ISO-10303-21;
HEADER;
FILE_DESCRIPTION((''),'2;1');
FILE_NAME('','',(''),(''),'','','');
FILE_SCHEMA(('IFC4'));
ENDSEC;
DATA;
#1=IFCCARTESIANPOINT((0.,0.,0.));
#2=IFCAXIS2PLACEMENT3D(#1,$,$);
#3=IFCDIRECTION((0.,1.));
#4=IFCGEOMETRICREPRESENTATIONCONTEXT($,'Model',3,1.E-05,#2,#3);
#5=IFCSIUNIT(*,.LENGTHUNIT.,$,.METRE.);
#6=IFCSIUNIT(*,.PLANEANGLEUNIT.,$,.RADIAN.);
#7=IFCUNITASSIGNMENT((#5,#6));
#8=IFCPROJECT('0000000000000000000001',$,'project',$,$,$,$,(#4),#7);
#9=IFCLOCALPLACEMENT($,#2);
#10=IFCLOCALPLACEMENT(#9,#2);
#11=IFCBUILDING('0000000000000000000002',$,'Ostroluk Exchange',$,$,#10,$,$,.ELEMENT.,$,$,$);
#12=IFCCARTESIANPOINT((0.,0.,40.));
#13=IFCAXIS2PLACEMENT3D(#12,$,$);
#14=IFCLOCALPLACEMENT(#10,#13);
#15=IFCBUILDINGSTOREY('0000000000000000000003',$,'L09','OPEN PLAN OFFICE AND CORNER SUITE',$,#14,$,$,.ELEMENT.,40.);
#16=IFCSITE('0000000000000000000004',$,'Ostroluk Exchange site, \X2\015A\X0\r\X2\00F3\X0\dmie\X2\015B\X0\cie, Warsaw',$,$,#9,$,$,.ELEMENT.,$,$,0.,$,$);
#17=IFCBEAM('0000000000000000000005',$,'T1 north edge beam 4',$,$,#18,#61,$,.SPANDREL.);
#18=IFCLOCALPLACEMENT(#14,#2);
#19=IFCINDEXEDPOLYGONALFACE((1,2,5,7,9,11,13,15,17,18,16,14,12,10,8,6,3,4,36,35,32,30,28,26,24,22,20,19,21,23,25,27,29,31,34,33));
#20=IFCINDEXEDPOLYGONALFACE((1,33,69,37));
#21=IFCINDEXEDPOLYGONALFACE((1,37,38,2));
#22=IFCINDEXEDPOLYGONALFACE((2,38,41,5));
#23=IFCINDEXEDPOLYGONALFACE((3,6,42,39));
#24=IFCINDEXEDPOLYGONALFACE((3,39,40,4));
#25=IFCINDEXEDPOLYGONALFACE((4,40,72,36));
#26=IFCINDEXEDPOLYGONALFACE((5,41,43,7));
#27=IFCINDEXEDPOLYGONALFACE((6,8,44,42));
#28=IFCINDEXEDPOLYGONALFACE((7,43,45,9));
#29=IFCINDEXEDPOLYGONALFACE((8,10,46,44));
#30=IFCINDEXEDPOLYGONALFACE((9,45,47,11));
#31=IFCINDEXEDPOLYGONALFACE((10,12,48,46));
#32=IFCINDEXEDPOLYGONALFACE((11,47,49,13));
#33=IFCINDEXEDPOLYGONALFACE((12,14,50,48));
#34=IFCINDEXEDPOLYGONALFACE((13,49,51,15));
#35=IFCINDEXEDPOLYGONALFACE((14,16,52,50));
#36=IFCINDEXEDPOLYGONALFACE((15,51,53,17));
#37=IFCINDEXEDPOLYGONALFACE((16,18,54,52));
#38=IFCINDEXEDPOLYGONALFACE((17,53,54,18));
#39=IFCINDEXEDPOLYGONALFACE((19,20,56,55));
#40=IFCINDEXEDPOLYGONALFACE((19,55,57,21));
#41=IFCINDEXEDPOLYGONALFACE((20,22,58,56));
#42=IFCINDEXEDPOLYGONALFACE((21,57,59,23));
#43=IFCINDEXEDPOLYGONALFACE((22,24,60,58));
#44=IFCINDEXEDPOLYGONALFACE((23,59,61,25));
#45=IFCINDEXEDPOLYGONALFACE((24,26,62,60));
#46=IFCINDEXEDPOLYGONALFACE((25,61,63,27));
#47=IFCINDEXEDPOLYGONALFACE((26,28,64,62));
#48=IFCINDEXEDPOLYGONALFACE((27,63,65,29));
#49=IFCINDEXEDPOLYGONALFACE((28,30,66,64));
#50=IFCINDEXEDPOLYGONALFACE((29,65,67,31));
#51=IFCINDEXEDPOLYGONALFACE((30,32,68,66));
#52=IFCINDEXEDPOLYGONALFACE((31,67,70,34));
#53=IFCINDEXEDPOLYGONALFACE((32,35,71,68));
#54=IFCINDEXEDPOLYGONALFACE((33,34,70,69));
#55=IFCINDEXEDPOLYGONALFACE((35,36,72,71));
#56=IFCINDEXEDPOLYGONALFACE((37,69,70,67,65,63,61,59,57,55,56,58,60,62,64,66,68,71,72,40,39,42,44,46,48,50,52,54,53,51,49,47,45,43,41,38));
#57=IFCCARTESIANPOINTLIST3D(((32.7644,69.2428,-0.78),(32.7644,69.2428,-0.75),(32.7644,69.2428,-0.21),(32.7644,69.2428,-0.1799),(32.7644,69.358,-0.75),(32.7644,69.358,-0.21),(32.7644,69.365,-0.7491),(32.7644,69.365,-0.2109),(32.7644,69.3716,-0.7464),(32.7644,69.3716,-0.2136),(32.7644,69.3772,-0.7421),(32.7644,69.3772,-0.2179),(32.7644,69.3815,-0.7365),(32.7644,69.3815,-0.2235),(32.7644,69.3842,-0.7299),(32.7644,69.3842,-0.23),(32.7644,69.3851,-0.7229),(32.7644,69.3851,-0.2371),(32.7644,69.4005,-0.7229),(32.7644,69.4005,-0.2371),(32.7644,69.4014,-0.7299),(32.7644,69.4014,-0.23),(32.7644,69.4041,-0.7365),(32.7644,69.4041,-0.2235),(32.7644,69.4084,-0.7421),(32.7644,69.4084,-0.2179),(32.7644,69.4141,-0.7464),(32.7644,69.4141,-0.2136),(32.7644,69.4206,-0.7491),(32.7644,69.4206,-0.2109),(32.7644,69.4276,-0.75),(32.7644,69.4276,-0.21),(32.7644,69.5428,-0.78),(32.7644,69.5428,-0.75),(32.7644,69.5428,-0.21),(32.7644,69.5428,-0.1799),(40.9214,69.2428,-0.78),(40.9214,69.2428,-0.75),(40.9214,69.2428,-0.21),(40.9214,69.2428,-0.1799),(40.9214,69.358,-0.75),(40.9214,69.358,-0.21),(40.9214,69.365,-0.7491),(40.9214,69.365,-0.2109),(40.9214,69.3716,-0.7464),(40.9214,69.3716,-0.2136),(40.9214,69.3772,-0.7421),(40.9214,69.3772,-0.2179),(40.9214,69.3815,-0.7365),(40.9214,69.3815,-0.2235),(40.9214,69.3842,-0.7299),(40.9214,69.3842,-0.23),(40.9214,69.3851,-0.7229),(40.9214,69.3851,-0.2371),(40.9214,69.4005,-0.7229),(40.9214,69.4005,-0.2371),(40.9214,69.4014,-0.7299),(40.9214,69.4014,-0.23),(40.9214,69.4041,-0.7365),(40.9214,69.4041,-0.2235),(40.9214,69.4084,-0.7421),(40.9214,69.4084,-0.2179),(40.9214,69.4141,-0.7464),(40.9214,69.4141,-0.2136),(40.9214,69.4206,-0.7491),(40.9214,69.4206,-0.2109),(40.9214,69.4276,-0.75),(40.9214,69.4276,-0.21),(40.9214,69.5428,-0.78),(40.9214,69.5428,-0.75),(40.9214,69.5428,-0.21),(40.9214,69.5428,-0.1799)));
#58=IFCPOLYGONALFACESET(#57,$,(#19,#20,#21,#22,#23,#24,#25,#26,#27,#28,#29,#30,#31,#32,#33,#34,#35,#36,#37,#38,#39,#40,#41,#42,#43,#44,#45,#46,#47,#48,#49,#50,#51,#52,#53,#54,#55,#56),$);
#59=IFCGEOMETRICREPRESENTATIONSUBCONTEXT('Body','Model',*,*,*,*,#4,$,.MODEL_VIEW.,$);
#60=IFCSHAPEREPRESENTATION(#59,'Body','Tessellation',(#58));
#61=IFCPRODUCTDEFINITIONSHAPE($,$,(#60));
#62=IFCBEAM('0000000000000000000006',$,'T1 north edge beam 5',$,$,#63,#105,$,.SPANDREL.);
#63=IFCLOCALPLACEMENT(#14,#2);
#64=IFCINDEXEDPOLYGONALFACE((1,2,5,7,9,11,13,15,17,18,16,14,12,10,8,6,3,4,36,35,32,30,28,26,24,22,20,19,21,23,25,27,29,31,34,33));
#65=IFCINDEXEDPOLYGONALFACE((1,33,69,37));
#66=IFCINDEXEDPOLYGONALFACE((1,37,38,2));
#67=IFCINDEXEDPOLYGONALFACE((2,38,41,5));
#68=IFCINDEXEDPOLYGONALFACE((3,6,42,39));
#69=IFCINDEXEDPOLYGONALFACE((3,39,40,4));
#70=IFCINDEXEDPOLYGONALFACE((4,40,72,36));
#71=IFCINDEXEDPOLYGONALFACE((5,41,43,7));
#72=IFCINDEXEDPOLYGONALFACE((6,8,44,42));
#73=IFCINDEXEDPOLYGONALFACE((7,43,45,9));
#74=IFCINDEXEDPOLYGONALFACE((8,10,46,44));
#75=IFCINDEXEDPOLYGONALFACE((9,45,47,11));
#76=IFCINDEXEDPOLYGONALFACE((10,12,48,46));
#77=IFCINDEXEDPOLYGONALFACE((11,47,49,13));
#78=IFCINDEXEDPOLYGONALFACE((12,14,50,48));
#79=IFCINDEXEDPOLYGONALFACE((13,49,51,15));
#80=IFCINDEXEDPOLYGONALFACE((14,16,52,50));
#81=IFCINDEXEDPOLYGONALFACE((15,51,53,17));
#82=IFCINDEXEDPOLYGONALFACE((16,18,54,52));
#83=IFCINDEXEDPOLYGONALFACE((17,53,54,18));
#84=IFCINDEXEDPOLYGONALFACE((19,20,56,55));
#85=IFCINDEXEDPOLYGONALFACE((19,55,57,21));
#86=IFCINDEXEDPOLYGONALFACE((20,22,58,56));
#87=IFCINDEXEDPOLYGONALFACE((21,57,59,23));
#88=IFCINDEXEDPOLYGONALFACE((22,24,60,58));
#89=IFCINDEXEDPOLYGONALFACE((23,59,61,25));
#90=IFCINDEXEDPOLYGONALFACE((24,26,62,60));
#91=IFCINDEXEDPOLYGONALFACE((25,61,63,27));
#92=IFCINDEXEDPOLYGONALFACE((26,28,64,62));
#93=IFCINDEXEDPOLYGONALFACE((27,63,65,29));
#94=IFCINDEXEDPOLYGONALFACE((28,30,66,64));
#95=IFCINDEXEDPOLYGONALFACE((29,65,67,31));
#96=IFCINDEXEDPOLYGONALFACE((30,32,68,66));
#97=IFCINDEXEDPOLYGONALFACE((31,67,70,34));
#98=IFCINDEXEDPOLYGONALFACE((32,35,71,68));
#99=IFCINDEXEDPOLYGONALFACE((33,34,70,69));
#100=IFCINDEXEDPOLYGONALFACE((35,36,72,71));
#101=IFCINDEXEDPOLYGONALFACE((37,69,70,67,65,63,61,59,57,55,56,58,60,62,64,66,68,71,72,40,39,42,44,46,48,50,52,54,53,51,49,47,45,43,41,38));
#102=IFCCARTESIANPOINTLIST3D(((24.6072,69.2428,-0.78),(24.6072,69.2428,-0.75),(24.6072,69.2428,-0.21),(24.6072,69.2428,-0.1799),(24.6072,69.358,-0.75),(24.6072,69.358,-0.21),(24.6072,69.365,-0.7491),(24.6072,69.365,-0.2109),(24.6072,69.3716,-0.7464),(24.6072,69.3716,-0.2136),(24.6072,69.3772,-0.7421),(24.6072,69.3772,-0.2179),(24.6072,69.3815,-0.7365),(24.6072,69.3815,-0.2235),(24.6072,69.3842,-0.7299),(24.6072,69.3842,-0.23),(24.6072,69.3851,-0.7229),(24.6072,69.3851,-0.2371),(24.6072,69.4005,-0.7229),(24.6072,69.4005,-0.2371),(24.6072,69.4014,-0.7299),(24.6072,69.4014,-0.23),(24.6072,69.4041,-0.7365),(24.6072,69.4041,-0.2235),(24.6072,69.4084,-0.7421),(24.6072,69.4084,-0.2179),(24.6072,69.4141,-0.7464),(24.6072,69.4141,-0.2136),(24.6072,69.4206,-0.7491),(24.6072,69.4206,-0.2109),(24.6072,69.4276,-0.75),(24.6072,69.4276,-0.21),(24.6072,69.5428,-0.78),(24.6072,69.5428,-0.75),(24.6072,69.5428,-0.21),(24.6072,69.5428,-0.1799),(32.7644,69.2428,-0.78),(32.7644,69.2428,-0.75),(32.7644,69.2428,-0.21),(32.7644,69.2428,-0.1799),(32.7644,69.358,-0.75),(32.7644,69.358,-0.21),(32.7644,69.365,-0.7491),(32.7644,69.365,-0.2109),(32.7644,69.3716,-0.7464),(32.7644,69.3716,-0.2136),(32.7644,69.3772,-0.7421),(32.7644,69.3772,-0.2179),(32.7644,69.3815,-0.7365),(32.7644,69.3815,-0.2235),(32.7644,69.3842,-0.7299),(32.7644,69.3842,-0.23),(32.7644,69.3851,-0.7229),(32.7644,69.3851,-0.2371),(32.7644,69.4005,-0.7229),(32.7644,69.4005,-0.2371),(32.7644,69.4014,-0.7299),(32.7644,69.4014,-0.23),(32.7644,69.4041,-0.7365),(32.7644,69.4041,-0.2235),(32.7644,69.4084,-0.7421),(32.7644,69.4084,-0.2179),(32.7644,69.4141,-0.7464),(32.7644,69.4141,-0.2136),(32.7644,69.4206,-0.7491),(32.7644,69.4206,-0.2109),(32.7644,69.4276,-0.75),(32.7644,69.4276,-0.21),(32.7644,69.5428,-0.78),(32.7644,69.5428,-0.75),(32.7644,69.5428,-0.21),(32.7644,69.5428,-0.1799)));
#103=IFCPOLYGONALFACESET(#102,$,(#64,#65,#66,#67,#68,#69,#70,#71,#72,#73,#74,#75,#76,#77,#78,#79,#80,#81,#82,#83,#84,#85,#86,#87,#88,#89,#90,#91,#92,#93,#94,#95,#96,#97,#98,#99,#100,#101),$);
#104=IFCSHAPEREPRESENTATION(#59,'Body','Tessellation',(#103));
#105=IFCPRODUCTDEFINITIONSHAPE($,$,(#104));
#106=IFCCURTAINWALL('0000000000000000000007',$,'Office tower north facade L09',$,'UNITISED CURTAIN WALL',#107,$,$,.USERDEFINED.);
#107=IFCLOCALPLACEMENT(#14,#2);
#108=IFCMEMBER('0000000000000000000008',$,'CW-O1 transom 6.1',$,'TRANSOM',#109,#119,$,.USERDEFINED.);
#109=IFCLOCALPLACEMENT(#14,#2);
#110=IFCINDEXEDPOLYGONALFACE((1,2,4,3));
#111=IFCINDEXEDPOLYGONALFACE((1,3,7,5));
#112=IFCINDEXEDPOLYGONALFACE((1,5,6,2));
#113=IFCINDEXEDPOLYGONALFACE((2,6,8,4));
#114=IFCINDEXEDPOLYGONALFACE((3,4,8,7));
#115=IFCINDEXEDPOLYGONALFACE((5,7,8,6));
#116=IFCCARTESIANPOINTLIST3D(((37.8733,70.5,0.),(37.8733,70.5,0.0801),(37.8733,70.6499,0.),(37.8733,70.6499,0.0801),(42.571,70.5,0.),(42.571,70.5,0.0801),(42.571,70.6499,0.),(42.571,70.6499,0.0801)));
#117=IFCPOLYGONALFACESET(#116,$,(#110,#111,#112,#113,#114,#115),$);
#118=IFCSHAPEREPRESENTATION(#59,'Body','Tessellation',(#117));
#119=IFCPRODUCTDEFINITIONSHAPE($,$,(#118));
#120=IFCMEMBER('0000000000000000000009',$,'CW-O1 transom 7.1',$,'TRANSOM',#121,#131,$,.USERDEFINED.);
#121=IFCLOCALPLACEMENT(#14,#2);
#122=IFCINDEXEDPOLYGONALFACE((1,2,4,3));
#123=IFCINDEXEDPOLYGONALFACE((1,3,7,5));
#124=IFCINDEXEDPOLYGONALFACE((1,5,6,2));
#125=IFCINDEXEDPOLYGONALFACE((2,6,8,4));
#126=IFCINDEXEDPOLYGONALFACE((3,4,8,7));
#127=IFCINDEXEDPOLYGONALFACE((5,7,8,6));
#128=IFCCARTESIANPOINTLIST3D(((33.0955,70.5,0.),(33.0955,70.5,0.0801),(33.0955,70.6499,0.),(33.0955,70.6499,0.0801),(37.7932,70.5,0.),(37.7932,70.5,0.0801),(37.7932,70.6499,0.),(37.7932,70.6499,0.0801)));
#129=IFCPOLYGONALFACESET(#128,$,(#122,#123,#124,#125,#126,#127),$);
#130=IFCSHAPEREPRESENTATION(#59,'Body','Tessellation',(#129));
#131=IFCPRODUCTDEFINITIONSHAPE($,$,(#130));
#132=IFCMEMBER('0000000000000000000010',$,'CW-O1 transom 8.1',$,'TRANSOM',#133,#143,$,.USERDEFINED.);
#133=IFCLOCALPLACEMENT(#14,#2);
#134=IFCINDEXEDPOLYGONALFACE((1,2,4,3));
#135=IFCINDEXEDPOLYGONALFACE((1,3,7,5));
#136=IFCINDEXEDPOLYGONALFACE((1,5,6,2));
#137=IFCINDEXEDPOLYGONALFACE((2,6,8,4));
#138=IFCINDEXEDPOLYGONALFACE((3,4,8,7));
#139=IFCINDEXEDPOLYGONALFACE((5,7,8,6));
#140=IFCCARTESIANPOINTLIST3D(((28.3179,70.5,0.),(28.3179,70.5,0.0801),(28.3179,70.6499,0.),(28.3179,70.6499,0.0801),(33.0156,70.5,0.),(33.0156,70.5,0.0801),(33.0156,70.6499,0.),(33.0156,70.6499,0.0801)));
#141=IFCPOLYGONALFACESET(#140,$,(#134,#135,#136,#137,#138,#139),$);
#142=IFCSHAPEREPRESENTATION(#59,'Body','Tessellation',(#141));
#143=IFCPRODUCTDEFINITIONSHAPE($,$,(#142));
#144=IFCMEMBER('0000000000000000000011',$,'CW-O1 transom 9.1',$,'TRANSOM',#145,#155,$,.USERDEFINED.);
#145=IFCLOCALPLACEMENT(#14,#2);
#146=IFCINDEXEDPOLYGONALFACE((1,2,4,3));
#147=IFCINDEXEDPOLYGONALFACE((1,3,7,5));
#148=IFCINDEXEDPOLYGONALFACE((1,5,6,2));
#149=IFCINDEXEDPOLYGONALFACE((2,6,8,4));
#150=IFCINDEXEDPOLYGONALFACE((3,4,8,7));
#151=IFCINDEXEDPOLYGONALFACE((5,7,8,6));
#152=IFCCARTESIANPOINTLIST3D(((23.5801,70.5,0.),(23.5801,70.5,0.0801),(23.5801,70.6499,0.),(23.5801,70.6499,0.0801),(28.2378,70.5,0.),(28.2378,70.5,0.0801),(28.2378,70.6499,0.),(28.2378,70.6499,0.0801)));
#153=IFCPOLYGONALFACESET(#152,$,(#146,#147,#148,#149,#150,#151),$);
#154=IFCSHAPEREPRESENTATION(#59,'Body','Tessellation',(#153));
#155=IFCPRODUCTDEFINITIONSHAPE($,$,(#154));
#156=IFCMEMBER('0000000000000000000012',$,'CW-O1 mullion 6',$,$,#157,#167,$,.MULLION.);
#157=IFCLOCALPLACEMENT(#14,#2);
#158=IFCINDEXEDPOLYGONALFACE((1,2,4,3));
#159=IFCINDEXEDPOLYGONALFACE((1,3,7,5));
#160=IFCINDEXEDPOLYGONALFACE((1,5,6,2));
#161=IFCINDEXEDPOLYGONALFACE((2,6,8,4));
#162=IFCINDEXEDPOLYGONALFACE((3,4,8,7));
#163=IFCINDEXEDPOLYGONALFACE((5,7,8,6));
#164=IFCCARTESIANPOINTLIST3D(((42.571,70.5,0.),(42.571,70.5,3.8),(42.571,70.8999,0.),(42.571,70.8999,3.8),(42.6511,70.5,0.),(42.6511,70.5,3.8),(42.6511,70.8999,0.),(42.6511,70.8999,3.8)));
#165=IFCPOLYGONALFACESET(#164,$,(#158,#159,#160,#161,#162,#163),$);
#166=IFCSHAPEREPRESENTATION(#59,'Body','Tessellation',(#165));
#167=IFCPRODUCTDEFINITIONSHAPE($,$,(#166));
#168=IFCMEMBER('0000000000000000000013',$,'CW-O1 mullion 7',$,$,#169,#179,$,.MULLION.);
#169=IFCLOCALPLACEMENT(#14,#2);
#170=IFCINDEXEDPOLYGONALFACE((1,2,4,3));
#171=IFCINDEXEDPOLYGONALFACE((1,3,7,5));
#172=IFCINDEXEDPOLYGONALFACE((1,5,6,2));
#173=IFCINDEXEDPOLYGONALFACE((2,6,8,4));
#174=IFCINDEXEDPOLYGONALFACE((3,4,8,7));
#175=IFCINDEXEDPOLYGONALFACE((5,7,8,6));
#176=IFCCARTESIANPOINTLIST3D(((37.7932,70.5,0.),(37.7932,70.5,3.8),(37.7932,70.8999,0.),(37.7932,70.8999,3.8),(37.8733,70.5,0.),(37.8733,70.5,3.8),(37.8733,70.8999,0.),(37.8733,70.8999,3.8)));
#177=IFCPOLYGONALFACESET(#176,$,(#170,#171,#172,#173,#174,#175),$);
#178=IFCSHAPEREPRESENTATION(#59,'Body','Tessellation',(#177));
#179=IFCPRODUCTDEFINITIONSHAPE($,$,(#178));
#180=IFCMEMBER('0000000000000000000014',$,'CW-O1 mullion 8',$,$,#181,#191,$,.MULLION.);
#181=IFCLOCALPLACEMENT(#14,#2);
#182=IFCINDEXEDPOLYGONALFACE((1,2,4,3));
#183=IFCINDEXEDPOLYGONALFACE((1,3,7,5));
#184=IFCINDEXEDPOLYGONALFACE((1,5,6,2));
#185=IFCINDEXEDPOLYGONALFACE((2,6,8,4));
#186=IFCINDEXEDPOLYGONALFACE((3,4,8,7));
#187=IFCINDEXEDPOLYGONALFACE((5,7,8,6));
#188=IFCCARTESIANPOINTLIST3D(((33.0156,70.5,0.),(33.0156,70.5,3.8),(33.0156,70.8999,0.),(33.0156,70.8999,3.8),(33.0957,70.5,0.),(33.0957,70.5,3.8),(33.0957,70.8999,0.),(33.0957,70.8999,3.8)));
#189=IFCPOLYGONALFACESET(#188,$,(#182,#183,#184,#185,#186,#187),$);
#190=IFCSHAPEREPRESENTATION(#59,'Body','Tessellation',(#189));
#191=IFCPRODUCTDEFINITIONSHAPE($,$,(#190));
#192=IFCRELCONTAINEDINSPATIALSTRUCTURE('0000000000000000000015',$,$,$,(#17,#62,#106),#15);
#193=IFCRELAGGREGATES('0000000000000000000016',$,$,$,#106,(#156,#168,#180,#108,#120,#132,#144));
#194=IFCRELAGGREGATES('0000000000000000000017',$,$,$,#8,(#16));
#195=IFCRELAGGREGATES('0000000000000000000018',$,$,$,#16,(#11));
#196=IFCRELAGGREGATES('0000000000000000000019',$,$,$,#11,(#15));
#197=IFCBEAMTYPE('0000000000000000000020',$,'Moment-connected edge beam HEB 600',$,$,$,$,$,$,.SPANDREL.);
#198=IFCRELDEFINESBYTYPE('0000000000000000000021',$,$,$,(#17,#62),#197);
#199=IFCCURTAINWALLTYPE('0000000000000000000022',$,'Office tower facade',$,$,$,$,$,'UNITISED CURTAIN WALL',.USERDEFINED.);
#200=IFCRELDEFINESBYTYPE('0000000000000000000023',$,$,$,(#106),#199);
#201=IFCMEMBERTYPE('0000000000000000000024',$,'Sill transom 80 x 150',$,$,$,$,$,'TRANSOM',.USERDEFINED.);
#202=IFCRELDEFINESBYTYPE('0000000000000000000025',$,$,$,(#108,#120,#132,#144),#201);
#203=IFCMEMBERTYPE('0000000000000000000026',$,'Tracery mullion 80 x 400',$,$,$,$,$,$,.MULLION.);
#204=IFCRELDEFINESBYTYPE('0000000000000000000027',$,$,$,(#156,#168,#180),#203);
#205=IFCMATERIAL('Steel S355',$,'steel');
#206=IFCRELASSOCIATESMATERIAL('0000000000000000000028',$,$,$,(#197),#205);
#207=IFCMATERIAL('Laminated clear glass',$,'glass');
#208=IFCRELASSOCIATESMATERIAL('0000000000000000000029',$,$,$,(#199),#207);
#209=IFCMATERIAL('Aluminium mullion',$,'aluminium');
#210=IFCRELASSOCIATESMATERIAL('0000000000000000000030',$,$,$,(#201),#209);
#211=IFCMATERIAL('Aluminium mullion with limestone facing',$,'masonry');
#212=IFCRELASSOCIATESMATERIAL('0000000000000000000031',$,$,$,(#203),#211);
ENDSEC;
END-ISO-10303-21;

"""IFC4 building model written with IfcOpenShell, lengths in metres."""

from ifc_helpers import new_model, si_unit, direction, frame, origin, origin_2d, place, context, subcontext, project, spatial, rectangle, i_section, extrude, material, material_profile, profile_set, type_object, element, aggregate, save


model = new_model("IFC4")

# Units and contexts
model_context = context("Model", 3, precision=1e-05, world=origin(), true_north=direction((0.0, 1.0)))
body_context = subcontext(model_context, "Body", "Model", "MODEL_VIEW")
ifc_project = project(units=[si_unit("LENGTHUNIT", "METRE"), si_unit("PLANEANGLEUNIT", "RADIAN")], contexts=[model_context])

# Site, building, storey
site_placement = place(None, origin())
site = spatial("IfcSite", under=ifc_project, at=site_placement, Name="Ostroluk Exchange site, Śródmieście, Warsaw", CompositionType="ELEMENT", RefElevation=0.0)
building_placement = place(site_placement, origin())
building = spatial("IfcBuilding", under=site, at=building_placement, Name="Ostroluk Exchange", CompositionType="ELEMENT")
storey_placement = place(building_placement, frame((0.0, 0.0, 40.0)))
storey = spatial("IfcBuildingStorey", under=building, at=storey_placement, Name="L09", Description="OPEN PLAN OFFICE AND CORNER SUITE", CompositionType="ELEMENT", Elevation=40.0)

# Beams
ifc_material_1 = material(Name="Steel S355", Category="steel")
ifc_material_profile_1 = material_profile(ifc_material_1, i_section(OverallWidth=0.3, OverallDepth=0.6001, WebThickness=0.0154, FlangeThickness=0.03, FilletRadius=0.0271, at=origin_2d()), Name="HEB 600")
ifc_profile_set_1 = profile_set([ifc_material_profile_1], Name="Steel S355")
beam_type_1 = type_object("IfcBeamType", Name="Moment-connected edge beam HEB 600", PredefinedType="SPANDREL", material=ifc_profile_set_1)
beam_1_placement = place(storey_placement, frame((40.9214, 69.3928, -0.48), z_axis=(-1.0, 0.0, 0.0), x_axis=(0.0, -1.0, 0.0)))
element("IfcBeam", 1, at=beam_1_placement, inside=storey, type_object=beam_type_1, Name="T1 north edge beam 4", PredefinedType="SPANDREL", context=body_context, shape_type="SweptSolid", body=[
    extrude(i_section(OverallWidth=0.3, OverallDepth=0.6001, WebThickness=0.0154, FlangeThickness=0.03, FilletRadius=0.0271, at=origin_2d()), origin(), (0.0, 0.0, 1.0), 8.157),
])
beam_2_placement = place(storey_placement, frame((32.7644, 69.3928, -0.48), z_axis=(-1.0, 0.0, 0.0), x_axis=(0.0, -1.0, 0.0)))
element("IfcBeam", 2, at=beam_2_placement, inside=storey, type_object=beam_type_1, Name="T1 north edge beam 5", PredefinedType="SPANDREL", context=body_context, shape_type="SweptSolid", body=[
    extrude(i_section(OverallWidth=0.3, OverallDepth=0.6001, WebThickness=0.0154, FlangeThickness=0.03, FilletRadius=0.0271, at=origin_2d()), origin(), (0.0, 0.0, 1.0), 8.1572),
])

# Curtain wall, members
ifc_material_2 = material(Name="Laminated clear glass", Category="glass")
curtain_wall_type = type_object("IfcCurtainWallType", Name="Office tower facade", ElementType="UNITISED CURTAIN WALL", PredefinedType="USERDEFINED", material=ifc_material_2)
curtain_wall_placement = place(storey_placement, origin())
curtain_wall = element("IfcCurtainWall", 3, at=curtain_wall_placement, inside=storey, type_object=curtain_wall_type, Name="Office tower north facade L09", ObjectType="UNITISED CURTAIN WALL", PredefinedType="USERDEFINED")
ifc_material_3 = material(Name="Aluminium mullion", Category="aluminium")
ifc_material_profile_2 = material_profile(ifc_material_3, rectangle(XDim=0.1499, YDim=0.0801, at=origin_2d()), Name="Sill transom 80 x 150")
ifc_profile_set_2 = profile_set([ifc_material_profile_2], Name="Aluminium mullion")
member_type_1 = type_object("IfcMemberType", Name="Sill transom 80 x 150", ElementType="TRANSOM", PredefinedType="USERDEFINED", material=ifc_profile_set_2)
member_1_placement = place(storey_placement, frame((42.571, 70.575, 0.04), z_axis=(-1.0, 0.0, 0.0), x_axis=(0.0, -1.0, 0.0)))
member_1 = element("IfcMember", 4, at=member_1_placement, type_object=member_type_1, Name="CW-O1 transom 6.1", ObjectType="TRANSOM", PredefinedType="USERDEFINED", context=body_context, shape_type="SweptSolid", body=[
    extrude(rectangle(XDim=0.1499, YDim=0.0801, at=origin_2d()), origin(), (0.0, 0.0, 1.0), 4.6978),
])
member_2_placement = place(storey_placement, frame((37.7932, 70.575, 0.04), z_axis=(-1.0, 0.0, 0.0), x_axis=(0.0, -1.0, 0.0)))
member_2 = element("IfcMember", 5, at=member_2_placement, type_object=member_type_1, Name="CW-O1 transom 7.1", ObjectType="TRANSOM", PredefinedType="USERDEFINED", context=body_context, shape_type="SweptSolid", body=[
    extrude(rectangle(XDim=0.1499, YDim=0.0801, at=origin_2d()), origin(), (0.0, 0.0, 1.0), 4.6978),
])
member_3_placement = place(storey_placement, frame((33.0156, 70.575, 0.04), z_axis=(-1.0, 0.0, 0.0), x_axis=(0.0, -1.0, 0.0)))
member_3 = element("IfcMember", 6, at=member_3_placement, type_object=member_type_1, Name="CW-O1 transom 8.1", ObjectType="TRANSOM", PredefinedType="USERDEFINED", context=body_context, shape_type="SweptSolid", body=[
    extrude(rectangle(XDim=0.1499, YDim=0.0801, at=origin_2d()), origin(), (0.0, 0.0, 1.0), 4.6978),
])
member_4_placement = place(storey_placement, frame((28.2378, 70.575, 0.04), z_axis=(-1.0, 0.0, 0.0), x_axis=(0.0, -1.0, 0.0)))
member_4 = element("IfcMember", 7, at=member_4_placement, type_object=member_type_1, Name="CW-O1 transom 9.1", ObjectType="TRANSOM", PredefinedType="USERDEFINED", context=body_context, shape_type="SweptSolid", body=[
    extrude(rectangle(XDim=0.1499, YDim=0.0801, at=origin_2d()), origin(), (0.0, 0.0, 1.0), 4.6577),
])
ifc_material_4 = material(Name="Aluminium mullion with limestone facing", Category="masonry")
ifc_material_profile_3 = material_profile(ifc_material_4, rectangle(XDim=0.3999, YDim=0.0801, at=origin_2d()), Name="Tracery mullion 80 x 400")
ifc_profile_set_3 = profile_set([ifc_material_profile_3], Name="Aluminium mullion with limestone facing")
member_type_2 = type_object("IfcMemberType", Name="Tracery mullion 80 x 400", PredefinedType="MULLION", material=ifc_profile_set_3)
member_5_placement = place(storey_placement, frame((42.6111, 70.7, 0.0), z_axis=(0.0, 0.0, 1.0), x_axis=(0.0, -1.0, 0.0)))
member_5 = element("IfcMember", 8, at=member_5_placement, type_object=member_type_2, Name="CW-O1 mullion 6", PredefinedType="MULLION", context=body_context, shape_type="SweptSolid", body=[
    extrude(rectangle(XDim=0.3999, YDim=0.0801, at=origin_2d()), origin(), (0.0, 0.0, 1.0), 3.8),
])
member_6_placement = place(storey_placement, frame((37.8333, 70.7, 0.0), z_axis=(0.0, 0.0, 1.0), x_axis=(0.0, -1.0, 0.0)))
member_6 = element("IfcMember", 9, at=member_6_placement, type_object=member_type_2, Name="CW-O1 mullion 7", PredefinedType="MULLION", context=body_context, shape_type="SweptSolid", body=[
    extrude(rectangle(XDim=0.3999, YDim=0.0801, at=origin_2d()), origin(), (0.0, 0.0, 1.0), 3.8),
])
member_7_placement = place(storey_placement, frame((33.0557, 70.7, 0.0), z_axis=(0.0, 0.0, 1.0), x_axis=(0.0, -1.0, 0.0)))
member_7 = element("IfcMember", 10, at=member_7_placement, type_object=member_type_2, Name="CW-O1 mullion 8", PredefinedType="MULLION", context=body_context, shape_type="SweptSolid", body=[
    extrude(rectangle(XDim=0.3999, YDim=0.0801, at=origin_2d()), origin(), (0.0, 0.0, 1.0), 3.8),
])
aggregate(curtain_wall, [member_5, member_6, member_7, member_1, member_2, member_3, member_4])

save(model, "model.ifc")
